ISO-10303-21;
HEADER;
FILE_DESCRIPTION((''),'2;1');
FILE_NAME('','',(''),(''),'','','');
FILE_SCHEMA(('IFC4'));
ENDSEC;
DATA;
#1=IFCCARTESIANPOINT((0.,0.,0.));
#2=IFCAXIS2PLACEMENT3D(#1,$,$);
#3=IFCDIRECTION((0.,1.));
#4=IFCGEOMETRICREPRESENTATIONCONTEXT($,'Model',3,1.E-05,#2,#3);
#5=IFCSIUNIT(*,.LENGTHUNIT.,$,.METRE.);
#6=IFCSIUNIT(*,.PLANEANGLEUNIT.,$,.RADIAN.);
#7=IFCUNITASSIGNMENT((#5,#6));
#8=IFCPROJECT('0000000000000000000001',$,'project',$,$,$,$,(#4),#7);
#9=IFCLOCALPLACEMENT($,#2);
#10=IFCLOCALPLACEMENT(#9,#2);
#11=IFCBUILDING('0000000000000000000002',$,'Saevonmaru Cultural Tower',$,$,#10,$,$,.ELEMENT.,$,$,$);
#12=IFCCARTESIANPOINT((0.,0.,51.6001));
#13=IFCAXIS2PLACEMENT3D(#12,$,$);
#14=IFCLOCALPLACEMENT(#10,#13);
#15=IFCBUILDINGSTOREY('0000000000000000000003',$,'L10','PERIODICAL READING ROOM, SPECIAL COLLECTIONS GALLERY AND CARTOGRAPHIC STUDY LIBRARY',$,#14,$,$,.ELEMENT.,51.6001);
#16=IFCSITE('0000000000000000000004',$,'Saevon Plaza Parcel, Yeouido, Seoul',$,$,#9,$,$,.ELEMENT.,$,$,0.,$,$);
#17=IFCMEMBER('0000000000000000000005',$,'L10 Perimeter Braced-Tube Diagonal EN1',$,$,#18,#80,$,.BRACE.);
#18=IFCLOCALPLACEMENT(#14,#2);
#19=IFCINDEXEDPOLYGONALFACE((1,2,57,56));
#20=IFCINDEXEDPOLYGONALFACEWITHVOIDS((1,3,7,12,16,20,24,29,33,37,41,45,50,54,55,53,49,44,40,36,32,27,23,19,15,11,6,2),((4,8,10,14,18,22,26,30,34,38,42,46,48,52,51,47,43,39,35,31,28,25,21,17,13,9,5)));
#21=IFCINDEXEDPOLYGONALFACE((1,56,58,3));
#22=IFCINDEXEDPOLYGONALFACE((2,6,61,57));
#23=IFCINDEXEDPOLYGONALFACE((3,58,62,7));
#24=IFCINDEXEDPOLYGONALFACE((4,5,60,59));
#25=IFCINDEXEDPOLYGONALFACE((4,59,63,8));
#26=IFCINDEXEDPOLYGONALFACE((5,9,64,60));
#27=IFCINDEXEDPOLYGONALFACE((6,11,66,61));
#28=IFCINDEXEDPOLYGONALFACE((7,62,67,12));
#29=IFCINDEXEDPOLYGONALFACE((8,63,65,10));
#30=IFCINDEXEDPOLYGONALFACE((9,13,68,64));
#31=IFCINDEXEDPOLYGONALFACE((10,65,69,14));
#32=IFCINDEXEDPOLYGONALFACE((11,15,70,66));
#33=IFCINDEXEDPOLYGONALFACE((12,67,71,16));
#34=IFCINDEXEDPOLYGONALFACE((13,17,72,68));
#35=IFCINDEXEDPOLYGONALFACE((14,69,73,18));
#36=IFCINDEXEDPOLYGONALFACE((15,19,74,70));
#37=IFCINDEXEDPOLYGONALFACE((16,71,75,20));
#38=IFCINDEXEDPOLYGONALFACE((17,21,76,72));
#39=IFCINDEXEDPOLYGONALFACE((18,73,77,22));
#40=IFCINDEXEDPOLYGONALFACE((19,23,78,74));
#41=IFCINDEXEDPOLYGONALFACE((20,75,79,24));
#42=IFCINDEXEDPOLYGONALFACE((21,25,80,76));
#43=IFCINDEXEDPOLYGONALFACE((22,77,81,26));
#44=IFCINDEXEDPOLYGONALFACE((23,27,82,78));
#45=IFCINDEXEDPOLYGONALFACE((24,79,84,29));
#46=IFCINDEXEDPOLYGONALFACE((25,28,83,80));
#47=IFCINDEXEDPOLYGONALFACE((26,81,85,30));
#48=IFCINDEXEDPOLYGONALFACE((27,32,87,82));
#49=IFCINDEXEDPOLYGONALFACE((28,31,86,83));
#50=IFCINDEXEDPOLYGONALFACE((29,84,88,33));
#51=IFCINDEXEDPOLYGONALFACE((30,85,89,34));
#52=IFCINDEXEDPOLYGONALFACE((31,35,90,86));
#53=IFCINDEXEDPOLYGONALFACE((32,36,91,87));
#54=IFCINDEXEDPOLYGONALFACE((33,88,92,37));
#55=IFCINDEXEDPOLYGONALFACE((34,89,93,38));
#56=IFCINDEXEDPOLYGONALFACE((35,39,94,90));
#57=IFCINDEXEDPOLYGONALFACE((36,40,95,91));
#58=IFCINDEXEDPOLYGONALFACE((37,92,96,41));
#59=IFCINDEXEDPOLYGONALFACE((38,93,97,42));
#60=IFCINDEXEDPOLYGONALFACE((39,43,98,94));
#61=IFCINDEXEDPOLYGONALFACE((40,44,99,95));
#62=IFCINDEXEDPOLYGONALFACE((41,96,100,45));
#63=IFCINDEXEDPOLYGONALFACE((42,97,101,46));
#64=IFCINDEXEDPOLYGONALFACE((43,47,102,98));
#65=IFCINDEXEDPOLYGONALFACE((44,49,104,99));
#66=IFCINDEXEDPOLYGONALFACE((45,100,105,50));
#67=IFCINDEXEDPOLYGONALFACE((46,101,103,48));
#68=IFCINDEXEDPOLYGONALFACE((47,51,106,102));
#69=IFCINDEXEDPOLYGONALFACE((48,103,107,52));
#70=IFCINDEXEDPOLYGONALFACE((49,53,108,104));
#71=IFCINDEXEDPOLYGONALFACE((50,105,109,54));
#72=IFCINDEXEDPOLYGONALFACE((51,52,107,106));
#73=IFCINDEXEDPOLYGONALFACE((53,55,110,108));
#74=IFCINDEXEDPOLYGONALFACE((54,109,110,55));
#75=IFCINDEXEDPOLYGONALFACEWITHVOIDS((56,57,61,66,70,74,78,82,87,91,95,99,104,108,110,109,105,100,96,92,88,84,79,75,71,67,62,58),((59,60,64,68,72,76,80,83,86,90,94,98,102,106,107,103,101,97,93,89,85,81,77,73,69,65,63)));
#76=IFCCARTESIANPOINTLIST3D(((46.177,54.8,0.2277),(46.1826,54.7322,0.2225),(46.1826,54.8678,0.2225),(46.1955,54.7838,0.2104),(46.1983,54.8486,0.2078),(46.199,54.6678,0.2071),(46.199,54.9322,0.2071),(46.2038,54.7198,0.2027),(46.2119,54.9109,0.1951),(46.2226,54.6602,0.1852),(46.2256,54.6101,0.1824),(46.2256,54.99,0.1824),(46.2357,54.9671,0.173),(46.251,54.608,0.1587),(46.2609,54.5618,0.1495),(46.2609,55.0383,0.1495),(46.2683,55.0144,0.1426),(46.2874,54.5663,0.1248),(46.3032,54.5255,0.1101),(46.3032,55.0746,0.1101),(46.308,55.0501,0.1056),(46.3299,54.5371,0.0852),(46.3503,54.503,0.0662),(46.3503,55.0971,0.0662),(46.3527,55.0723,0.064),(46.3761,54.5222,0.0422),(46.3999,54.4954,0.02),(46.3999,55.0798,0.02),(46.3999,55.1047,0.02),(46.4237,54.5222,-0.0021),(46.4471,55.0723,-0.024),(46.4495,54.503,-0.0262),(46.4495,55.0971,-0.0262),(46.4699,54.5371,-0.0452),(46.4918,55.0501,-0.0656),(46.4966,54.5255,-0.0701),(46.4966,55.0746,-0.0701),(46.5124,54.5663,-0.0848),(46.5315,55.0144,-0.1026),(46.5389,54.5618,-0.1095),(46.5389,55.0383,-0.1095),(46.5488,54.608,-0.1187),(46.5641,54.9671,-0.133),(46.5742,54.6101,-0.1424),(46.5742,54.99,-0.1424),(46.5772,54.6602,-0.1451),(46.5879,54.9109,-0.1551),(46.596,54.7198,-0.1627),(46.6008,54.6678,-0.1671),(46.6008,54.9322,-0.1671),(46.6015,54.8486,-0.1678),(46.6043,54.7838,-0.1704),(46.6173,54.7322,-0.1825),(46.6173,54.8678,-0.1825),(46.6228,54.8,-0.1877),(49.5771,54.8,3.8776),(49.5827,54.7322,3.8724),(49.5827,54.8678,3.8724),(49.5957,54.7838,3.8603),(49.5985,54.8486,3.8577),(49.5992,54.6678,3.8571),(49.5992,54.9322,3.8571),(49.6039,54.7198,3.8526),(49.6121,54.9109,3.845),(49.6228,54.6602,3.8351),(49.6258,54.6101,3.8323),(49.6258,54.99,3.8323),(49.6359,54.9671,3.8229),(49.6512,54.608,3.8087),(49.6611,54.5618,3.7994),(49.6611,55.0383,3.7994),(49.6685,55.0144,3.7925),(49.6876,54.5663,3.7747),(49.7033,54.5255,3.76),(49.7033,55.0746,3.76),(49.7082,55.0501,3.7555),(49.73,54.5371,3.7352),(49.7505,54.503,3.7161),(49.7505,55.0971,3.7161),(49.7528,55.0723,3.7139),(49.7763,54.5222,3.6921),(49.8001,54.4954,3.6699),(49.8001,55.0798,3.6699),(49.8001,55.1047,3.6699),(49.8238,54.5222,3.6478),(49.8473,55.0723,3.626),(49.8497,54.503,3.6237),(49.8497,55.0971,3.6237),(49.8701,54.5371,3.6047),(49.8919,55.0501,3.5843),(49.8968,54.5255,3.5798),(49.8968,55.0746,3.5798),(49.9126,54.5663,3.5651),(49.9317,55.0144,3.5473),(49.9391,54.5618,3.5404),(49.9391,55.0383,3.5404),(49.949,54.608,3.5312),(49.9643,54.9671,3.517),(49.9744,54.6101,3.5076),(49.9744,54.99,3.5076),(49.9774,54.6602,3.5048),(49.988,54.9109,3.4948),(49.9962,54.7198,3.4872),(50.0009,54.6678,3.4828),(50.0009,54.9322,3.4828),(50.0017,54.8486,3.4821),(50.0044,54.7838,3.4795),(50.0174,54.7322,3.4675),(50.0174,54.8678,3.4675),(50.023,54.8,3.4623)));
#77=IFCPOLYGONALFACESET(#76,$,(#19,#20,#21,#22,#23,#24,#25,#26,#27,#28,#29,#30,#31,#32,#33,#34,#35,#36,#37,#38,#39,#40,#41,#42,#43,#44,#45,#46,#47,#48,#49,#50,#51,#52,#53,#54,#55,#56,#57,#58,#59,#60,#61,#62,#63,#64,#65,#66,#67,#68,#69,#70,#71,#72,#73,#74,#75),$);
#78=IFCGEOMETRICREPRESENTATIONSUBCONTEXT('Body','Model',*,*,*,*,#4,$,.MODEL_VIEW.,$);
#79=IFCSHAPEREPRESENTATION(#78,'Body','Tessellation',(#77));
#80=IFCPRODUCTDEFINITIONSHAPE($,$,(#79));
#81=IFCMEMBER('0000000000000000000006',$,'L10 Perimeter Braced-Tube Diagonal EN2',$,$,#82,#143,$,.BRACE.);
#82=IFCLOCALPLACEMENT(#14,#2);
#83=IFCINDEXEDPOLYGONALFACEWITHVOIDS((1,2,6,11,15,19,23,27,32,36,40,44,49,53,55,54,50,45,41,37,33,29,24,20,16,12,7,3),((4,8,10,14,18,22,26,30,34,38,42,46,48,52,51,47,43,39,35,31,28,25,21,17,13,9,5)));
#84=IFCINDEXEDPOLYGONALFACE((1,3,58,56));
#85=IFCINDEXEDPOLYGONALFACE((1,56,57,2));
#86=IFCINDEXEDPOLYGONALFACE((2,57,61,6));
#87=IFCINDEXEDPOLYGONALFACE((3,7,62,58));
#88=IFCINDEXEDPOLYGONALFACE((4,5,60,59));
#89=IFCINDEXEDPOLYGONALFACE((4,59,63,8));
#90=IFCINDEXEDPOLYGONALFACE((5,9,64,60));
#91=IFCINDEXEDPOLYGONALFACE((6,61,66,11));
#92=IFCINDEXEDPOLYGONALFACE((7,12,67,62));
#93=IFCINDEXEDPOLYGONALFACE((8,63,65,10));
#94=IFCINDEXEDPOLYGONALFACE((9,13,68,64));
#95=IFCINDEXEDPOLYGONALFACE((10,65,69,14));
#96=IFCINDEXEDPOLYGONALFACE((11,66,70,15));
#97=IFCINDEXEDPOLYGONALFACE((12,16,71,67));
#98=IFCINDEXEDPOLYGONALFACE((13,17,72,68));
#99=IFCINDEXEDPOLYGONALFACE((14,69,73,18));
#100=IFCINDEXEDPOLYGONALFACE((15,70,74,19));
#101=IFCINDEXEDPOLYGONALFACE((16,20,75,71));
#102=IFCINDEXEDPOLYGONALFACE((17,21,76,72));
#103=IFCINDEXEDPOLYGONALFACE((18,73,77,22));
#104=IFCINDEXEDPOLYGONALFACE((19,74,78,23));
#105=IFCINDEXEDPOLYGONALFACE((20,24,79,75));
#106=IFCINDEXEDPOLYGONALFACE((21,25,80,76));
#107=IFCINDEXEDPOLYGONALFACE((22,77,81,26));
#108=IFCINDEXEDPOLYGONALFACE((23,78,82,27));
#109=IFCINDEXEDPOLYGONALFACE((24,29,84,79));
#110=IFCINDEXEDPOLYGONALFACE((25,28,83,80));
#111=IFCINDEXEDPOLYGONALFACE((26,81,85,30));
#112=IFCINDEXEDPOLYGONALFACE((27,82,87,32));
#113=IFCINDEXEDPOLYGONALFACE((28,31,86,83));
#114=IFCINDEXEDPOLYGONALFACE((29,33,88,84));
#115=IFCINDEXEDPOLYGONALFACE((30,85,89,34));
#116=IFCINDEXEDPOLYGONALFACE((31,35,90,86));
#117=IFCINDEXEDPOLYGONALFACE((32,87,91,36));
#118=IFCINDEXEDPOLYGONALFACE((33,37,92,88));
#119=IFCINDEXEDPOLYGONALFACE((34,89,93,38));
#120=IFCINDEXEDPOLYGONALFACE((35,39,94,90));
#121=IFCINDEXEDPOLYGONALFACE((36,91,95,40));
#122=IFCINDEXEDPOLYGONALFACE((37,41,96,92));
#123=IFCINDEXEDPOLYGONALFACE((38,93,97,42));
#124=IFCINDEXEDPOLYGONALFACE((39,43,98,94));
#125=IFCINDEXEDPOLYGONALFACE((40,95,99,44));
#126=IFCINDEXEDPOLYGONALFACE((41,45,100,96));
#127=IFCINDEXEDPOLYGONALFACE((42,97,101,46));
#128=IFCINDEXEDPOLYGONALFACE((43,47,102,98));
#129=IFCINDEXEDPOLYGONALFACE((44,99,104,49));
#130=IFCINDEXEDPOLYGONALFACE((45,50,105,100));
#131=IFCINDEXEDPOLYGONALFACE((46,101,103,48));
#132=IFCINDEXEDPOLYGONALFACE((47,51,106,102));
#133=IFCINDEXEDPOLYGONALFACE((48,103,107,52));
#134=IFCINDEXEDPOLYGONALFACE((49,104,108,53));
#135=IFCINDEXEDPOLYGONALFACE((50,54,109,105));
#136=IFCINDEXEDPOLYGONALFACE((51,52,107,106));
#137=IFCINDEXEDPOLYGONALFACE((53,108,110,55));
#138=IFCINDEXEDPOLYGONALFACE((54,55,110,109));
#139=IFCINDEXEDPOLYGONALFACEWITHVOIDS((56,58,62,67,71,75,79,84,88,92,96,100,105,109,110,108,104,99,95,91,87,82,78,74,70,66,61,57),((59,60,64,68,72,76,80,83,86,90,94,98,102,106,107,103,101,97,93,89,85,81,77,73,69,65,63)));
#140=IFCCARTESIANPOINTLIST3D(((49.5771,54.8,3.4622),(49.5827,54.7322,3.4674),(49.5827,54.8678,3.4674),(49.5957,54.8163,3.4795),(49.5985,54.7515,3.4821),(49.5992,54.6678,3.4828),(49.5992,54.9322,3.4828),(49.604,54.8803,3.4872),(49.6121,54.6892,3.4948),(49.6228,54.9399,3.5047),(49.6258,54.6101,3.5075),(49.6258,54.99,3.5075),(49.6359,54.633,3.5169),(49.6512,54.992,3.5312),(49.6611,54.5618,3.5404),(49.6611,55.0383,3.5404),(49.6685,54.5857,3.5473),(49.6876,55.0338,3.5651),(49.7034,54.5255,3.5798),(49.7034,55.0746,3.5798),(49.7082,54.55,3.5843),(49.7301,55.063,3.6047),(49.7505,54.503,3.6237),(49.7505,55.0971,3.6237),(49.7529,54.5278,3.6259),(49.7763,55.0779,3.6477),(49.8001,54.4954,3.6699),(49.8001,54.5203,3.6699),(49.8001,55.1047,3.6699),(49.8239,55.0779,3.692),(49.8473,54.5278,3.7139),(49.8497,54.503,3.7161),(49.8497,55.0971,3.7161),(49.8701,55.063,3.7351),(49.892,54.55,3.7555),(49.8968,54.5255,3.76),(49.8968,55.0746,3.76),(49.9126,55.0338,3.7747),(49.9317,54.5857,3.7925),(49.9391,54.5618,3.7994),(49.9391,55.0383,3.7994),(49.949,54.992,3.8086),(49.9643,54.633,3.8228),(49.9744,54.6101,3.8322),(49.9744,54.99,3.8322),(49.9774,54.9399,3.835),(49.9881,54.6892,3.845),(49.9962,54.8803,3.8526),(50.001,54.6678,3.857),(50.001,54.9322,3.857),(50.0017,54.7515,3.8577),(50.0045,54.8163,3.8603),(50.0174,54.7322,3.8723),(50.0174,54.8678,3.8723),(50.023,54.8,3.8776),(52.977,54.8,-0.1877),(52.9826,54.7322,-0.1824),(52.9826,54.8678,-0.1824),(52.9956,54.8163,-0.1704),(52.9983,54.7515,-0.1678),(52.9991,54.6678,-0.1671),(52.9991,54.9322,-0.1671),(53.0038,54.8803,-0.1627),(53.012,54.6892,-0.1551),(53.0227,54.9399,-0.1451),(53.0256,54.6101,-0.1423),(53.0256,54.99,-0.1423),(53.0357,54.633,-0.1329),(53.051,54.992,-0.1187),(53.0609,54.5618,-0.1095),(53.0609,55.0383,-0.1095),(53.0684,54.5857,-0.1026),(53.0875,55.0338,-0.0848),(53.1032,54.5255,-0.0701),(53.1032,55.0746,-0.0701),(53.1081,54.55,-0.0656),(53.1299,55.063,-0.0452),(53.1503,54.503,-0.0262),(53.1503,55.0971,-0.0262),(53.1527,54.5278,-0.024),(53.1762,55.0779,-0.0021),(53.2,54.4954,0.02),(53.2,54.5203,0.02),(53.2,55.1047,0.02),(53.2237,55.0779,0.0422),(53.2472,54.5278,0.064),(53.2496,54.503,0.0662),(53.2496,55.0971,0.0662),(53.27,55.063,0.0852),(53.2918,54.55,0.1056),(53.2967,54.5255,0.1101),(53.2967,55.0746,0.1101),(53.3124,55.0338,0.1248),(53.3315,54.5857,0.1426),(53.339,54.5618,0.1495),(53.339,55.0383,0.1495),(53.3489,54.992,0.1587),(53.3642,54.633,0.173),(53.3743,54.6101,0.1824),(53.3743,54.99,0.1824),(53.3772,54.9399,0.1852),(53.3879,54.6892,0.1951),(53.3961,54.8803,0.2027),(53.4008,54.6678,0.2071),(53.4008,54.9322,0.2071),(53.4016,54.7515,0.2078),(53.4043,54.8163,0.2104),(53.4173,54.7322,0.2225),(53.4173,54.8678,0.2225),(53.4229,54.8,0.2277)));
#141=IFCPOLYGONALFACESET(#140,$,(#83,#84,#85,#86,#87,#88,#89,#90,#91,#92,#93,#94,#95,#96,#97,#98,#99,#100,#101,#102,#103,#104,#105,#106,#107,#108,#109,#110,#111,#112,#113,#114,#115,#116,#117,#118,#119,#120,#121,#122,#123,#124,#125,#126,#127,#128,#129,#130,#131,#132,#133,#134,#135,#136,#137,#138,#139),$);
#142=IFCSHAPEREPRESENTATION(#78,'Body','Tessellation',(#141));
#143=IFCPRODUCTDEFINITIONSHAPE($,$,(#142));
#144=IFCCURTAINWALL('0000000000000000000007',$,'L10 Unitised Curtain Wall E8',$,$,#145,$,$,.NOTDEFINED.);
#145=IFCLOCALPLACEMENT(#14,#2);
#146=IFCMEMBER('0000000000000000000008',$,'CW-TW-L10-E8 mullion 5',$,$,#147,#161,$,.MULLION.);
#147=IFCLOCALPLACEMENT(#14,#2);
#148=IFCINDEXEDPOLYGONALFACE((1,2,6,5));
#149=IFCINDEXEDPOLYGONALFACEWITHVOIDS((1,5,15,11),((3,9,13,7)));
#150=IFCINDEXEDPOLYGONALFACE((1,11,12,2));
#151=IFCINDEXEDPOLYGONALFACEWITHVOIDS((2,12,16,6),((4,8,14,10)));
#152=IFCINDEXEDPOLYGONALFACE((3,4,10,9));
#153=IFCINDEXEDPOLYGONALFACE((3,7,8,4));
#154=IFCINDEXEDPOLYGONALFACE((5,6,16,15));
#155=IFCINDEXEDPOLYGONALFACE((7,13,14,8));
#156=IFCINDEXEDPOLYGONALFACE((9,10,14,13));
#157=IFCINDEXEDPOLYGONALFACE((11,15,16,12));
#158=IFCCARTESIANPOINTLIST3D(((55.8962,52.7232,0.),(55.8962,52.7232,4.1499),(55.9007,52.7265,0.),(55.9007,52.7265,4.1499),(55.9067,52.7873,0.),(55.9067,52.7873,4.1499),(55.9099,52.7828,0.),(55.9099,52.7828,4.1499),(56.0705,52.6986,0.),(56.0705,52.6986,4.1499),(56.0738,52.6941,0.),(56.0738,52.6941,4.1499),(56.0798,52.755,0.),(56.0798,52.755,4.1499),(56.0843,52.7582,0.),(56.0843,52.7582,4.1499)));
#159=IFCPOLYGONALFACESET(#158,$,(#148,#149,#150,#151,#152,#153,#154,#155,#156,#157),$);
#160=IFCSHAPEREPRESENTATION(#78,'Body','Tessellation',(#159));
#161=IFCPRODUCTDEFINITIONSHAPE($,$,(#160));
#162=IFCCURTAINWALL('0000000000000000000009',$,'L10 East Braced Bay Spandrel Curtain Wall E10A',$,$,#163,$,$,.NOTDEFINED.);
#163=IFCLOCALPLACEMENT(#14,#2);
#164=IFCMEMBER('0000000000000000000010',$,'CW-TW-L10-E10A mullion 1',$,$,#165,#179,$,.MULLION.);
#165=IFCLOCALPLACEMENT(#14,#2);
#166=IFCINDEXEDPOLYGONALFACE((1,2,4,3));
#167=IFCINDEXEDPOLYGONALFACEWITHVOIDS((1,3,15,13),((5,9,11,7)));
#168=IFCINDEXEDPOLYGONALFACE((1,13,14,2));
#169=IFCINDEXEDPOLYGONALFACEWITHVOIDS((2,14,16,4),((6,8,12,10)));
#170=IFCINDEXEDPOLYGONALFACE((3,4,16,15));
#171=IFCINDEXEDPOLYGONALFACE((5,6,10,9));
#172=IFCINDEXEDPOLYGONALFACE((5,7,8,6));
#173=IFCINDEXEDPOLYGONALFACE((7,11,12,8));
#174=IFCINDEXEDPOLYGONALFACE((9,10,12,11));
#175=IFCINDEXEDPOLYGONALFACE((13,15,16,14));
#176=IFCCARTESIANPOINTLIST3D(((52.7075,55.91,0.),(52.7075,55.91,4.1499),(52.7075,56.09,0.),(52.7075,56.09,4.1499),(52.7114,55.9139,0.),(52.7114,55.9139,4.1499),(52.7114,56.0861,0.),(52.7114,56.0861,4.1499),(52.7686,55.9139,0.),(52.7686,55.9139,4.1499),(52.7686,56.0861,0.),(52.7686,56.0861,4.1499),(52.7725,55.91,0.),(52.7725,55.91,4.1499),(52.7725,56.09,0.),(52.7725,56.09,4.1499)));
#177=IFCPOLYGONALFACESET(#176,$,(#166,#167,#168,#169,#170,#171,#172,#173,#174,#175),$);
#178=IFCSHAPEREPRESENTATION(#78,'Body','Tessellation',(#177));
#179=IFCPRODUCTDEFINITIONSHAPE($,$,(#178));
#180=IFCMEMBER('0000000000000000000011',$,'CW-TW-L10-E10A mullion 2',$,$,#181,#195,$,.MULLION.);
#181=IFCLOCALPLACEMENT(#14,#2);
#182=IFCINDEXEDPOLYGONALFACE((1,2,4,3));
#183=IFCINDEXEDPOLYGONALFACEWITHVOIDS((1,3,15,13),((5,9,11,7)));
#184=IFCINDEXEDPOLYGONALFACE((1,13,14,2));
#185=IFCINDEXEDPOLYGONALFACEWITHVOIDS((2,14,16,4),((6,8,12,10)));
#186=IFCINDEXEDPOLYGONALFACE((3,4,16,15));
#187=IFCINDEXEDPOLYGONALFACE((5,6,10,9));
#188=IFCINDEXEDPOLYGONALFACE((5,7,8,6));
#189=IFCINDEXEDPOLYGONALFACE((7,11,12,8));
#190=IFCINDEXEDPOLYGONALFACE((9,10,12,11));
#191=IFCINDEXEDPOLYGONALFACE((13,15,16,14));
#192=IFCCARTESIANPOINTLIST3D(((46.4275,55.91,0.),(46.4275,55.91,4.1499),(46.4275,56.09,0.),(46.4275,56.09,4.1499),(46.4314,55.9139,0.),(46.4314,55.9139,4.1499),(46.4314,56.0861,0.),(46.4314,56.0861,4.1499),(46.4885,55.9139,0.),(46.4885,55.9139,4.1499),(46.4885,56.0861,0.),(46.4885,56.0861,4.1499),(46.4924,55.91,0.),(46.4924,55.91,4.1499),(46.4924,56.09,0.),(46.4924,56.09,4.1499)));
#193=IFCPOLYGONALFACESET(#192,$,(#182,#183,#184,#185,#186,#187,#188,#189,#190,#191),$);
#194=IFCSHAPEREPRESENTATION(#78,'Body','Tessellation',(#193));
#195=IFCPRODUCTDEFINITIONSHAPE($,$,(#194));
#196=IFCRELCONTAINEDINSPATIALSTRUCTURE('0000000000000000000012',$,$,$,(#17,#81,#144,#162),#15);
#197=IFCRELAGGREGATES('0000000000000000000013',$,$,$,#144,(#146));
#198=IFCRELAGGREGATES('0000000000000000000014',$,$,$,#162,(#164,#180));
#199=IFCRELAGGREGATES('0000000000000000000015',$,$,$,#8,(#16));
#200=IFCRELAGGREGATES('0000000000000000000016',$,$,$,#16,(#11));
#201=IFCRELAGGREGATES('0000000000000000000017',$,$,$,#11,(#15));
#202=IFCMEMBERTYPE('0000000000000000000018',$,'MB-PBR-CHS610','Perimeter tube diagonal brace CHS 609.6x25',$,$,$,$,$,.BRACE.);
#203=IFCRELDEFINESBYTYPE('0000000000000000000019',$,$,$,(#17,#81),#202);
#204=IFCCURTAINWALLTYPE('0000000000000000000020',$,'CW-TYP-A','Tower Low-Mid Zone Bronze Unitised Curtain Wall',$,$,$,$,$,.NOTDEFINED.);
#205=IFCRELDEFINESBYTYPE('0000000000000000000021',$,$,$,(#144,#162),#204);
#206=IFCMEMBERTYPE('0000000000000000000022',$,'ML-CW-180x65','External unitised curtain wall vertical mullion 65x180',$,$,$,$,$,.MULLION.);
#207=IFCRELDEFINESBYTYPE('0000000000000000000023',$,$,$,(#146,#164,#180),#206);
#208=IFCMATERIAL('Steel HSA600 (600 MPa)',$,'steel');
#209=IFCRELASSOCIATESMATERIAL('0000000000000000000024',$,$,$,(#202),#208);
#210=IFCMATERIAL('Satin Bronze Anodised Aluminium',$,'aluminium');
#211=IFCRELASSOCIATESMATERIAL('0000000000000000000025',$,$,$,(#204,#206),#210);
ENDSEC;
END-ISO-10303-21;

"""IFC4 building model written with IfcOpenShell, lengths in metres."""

from ifc_helpers import new_model, si_unit, direction, frame, origin, origin_2d, place, context, subcontext, project, spatial, hollow_rectangle, hollow_circle, extrude, material, material_profile, profile_set, type_object, element, aggregate, save


model = new_model("IFC4")

# Units and contexts
model_context = context("Model", 3, precision=1e-05, world=origin(), true_north=direction((0.0, 1.0)))
body_context = subcontext(model_context, "Body", "Model", "MODEL_VIEW")
ifc_project = project(units=[si_unit("LENGTHUNIT", "METRE"), si_unit("PLANEANGLEUNIT", "RADIAN")], contexts=[model_context])

# Site, building, storey
site_placement = place(None, origin())
site = spatial("IfcSite", under=ifc_project, at=site_placement, Name="Saevon Plaza Parcel, Yeouido, Seoul", CompositionType="ELEMENT", RefElevation=0.0)
building_placement = place(site_placement, origin())
building = spatial("IfcBuilding", under=site, at=building_placement, Name="Saevonmaru Cultural Tower", CompositionType="ELEMENT")
storey_placement = place(building_placement, frame((0.0, 0.0, 51.6001)))
storey = spatial("IfcBuildingStorey", under=building, at=storey_placement, Name="L10", Description="PERIODICAL READING ROOM, SPECIAL COLLECTIONS GALLERY AND CARTOGRAPHIC STUDY LIBRARY", CompositionType="ELEMENT", Elevation=51.6001)

# Shared definitions
ifc_material_1 = material(Name="Steel HSA600 (600 MPa)", Category="steel")

# Members
ifc_material_profile_1 = material_profile(ifc_material_1, hollow_circle(Radius=0.3047, WallThickness=0.0249, at=origin_2d()), Name="CHS-609.6x25")
ifc_profile_set_1 = profile_set([ifc_material_profile_1], Name="Steel HSA600 (600 MPa)")
member_type_1 = type_object("IfcMemberType", Name="MB-PBR-CHS610", Description="Perimeter tube diagonal brace CHS 609.6x25", PredefinedType="BRACE", material=ifc_profile_set_1)
member_1_placement = place(storey_placement, frame((46.3999, 54.8, 0.02), z_axis=(0.681629, 0.0, 0.731698), x_axis=(0.0, 1.0, 0.0)))
element("IfcMember", 1, at=member_1_placement, inside=storey, type_object=member_type_1, Name="L10 Perimeter Braced-Tube Diagonal EN1", PredefinedType="BRACE", context=body_context, shape_type="SweptSolid", body=[
    extrude(hollow_circle(Radius=0.3047, WallThickness=0.0249, at=origin_2d()), origin(), (0.0, 0.0, 1.0), 4.9883),
])
member_2_placement = place(storey_placement, frame((53.2, 54.8, 0.02), z_axis=(-0.681603, 0.0, 0.731722), x_axis=(0.0, -1.0, 0.0)))
element("IfcMember", 2, at=member_2_placement, inside=storey, type_object=member_type_1, Name="L10 Perimeter Braced-Tube Diagonal EN2", PredefinedType="BRACE", context=body_context, shape_type="SweptSolid", body=[
    extrude(hollow_circle(Radius=0.3047, WallThickness=0.0249, at=origin_2d()), origin(), (0.0, 0.0, 1.0), 4.988),
])

# Curtain wall, member
ifc_material_2 = material(Name="Satin Bronze Anodised Aluminium", Category="aluminium")
curtain_wall_type = type_object("IfcCurtainWallType", Name="CW-TYP-A", Description="Tower Low-Mid Zone Bronze Unitised Curtain Wall", PredefinedType="NOTDEFINED", material=ifc_material_2)
curtain_wall_1_placement = place(storey_placement, origin())
curtain_wall_1 = element("IfcCurtainWall", 3, at=curtain_wall_1_placement, inside=storey, type_object=curtain_wall_type, Name="L10 Unitised Curtain Wall E8", PredefinedType="NOTDEFINED")
ifc_material_profile_2 = material_profile(ifc_material_2, hollow_rectangle(XDim=0.0649, YDim=0.1799, WallThickness=0.0039, at=origin_2d()), Name="ALU-MULL-180x65x4")
ifc_profile_set_2 = profile_set([ifc_material_profile_2], Name="Satin Bronze Anodised Aluminium")
member_type_2 = type_object("IfcMemberType", Name="ML-CW-180x65", Description="External unitised curtain wall vertical mullion 65x180", PredefinedType="MULLION", material=ifc_profile_set_2)
member_3_placement = place(storey_placement, frame((55.9902, 52.7407, 0.0), z_axis=(0.0, 0.0, 1.0), x_axis=(0.161709, 0.986839, 0.0)))
member_3 = element("IfcMember", 4, at=member_3_placement, type_object=member_type_2, Name="CW-TW-L10-E8 mullion 5", PredefinedType="MULLION", context=body_context, shape_type="SweptSolid", body=[
    extrude(hollow_rectangle(XDim=0.0649, YDim=0.1799, WallThickness=0.0039, at=origin_2d()), origin(), (0.0, 0.0, 1.0), 4.1499),
])
aggregate(curtain_wall_1, [member_3])

# Curtain wall, members
curtain_wall_2_placement = place(storey_placement, origin())
curtain_wall_2 = element("IfcCurtainWall", 5, at=curtain_wall_2_placement, inside=storey, type_object=curtain_wall_type, Name="L10 East Braced Bay Spandrel Curtain Wall E10A", PredefinedType="NOTDEFINED")
member_4_placement = place(storey_placement, frame((52.74, 56.0, 0.0), z_axis=(0.0, 0.0, 1.0), x_axis=(-1.0, 0.0, 0.0)))
member_4 = element("IfcMember", 6, at=member_4_placement, type_object=member_type_2, Name="CW-TW-L10-E10A mullion 1", PredefinedType="MULLION", context=body_context, shape_type="SweptSolid", body=[
    extrude(hollow_rectangle(XDim=0.0649, YDim=0.1799, WallThickness=0.0039, at=origin_2d()), origin(), (0.0, 0.0, 1.0), 4.1499),
])
member_5_placement = place(storey_placement, frame((46.46, 56.0, 0.0), z_axis=(0.0, 0.0, 1.0), x_axis=(-1.0, 0.0, 0.0)))
member_5 = element("IfcMember", 7, at=member_5_placement, type_object=member_type_2, Name="CW-TW-L10-E10A mullion 2", PredefinedType="MULLION", context=body_context, shape_type="SweptSolid", body=[
    extrude(hollow_rectangle(XDim=0.0649, YDim=0.1799, WallThickness=0.0039, at=origin_2d()), origin(), (0.0, 0.0, 1.0), 4.1499),
])

aggregate(curtain_wall_2, [member_4, member_5])

save(model, "model.ifc")
